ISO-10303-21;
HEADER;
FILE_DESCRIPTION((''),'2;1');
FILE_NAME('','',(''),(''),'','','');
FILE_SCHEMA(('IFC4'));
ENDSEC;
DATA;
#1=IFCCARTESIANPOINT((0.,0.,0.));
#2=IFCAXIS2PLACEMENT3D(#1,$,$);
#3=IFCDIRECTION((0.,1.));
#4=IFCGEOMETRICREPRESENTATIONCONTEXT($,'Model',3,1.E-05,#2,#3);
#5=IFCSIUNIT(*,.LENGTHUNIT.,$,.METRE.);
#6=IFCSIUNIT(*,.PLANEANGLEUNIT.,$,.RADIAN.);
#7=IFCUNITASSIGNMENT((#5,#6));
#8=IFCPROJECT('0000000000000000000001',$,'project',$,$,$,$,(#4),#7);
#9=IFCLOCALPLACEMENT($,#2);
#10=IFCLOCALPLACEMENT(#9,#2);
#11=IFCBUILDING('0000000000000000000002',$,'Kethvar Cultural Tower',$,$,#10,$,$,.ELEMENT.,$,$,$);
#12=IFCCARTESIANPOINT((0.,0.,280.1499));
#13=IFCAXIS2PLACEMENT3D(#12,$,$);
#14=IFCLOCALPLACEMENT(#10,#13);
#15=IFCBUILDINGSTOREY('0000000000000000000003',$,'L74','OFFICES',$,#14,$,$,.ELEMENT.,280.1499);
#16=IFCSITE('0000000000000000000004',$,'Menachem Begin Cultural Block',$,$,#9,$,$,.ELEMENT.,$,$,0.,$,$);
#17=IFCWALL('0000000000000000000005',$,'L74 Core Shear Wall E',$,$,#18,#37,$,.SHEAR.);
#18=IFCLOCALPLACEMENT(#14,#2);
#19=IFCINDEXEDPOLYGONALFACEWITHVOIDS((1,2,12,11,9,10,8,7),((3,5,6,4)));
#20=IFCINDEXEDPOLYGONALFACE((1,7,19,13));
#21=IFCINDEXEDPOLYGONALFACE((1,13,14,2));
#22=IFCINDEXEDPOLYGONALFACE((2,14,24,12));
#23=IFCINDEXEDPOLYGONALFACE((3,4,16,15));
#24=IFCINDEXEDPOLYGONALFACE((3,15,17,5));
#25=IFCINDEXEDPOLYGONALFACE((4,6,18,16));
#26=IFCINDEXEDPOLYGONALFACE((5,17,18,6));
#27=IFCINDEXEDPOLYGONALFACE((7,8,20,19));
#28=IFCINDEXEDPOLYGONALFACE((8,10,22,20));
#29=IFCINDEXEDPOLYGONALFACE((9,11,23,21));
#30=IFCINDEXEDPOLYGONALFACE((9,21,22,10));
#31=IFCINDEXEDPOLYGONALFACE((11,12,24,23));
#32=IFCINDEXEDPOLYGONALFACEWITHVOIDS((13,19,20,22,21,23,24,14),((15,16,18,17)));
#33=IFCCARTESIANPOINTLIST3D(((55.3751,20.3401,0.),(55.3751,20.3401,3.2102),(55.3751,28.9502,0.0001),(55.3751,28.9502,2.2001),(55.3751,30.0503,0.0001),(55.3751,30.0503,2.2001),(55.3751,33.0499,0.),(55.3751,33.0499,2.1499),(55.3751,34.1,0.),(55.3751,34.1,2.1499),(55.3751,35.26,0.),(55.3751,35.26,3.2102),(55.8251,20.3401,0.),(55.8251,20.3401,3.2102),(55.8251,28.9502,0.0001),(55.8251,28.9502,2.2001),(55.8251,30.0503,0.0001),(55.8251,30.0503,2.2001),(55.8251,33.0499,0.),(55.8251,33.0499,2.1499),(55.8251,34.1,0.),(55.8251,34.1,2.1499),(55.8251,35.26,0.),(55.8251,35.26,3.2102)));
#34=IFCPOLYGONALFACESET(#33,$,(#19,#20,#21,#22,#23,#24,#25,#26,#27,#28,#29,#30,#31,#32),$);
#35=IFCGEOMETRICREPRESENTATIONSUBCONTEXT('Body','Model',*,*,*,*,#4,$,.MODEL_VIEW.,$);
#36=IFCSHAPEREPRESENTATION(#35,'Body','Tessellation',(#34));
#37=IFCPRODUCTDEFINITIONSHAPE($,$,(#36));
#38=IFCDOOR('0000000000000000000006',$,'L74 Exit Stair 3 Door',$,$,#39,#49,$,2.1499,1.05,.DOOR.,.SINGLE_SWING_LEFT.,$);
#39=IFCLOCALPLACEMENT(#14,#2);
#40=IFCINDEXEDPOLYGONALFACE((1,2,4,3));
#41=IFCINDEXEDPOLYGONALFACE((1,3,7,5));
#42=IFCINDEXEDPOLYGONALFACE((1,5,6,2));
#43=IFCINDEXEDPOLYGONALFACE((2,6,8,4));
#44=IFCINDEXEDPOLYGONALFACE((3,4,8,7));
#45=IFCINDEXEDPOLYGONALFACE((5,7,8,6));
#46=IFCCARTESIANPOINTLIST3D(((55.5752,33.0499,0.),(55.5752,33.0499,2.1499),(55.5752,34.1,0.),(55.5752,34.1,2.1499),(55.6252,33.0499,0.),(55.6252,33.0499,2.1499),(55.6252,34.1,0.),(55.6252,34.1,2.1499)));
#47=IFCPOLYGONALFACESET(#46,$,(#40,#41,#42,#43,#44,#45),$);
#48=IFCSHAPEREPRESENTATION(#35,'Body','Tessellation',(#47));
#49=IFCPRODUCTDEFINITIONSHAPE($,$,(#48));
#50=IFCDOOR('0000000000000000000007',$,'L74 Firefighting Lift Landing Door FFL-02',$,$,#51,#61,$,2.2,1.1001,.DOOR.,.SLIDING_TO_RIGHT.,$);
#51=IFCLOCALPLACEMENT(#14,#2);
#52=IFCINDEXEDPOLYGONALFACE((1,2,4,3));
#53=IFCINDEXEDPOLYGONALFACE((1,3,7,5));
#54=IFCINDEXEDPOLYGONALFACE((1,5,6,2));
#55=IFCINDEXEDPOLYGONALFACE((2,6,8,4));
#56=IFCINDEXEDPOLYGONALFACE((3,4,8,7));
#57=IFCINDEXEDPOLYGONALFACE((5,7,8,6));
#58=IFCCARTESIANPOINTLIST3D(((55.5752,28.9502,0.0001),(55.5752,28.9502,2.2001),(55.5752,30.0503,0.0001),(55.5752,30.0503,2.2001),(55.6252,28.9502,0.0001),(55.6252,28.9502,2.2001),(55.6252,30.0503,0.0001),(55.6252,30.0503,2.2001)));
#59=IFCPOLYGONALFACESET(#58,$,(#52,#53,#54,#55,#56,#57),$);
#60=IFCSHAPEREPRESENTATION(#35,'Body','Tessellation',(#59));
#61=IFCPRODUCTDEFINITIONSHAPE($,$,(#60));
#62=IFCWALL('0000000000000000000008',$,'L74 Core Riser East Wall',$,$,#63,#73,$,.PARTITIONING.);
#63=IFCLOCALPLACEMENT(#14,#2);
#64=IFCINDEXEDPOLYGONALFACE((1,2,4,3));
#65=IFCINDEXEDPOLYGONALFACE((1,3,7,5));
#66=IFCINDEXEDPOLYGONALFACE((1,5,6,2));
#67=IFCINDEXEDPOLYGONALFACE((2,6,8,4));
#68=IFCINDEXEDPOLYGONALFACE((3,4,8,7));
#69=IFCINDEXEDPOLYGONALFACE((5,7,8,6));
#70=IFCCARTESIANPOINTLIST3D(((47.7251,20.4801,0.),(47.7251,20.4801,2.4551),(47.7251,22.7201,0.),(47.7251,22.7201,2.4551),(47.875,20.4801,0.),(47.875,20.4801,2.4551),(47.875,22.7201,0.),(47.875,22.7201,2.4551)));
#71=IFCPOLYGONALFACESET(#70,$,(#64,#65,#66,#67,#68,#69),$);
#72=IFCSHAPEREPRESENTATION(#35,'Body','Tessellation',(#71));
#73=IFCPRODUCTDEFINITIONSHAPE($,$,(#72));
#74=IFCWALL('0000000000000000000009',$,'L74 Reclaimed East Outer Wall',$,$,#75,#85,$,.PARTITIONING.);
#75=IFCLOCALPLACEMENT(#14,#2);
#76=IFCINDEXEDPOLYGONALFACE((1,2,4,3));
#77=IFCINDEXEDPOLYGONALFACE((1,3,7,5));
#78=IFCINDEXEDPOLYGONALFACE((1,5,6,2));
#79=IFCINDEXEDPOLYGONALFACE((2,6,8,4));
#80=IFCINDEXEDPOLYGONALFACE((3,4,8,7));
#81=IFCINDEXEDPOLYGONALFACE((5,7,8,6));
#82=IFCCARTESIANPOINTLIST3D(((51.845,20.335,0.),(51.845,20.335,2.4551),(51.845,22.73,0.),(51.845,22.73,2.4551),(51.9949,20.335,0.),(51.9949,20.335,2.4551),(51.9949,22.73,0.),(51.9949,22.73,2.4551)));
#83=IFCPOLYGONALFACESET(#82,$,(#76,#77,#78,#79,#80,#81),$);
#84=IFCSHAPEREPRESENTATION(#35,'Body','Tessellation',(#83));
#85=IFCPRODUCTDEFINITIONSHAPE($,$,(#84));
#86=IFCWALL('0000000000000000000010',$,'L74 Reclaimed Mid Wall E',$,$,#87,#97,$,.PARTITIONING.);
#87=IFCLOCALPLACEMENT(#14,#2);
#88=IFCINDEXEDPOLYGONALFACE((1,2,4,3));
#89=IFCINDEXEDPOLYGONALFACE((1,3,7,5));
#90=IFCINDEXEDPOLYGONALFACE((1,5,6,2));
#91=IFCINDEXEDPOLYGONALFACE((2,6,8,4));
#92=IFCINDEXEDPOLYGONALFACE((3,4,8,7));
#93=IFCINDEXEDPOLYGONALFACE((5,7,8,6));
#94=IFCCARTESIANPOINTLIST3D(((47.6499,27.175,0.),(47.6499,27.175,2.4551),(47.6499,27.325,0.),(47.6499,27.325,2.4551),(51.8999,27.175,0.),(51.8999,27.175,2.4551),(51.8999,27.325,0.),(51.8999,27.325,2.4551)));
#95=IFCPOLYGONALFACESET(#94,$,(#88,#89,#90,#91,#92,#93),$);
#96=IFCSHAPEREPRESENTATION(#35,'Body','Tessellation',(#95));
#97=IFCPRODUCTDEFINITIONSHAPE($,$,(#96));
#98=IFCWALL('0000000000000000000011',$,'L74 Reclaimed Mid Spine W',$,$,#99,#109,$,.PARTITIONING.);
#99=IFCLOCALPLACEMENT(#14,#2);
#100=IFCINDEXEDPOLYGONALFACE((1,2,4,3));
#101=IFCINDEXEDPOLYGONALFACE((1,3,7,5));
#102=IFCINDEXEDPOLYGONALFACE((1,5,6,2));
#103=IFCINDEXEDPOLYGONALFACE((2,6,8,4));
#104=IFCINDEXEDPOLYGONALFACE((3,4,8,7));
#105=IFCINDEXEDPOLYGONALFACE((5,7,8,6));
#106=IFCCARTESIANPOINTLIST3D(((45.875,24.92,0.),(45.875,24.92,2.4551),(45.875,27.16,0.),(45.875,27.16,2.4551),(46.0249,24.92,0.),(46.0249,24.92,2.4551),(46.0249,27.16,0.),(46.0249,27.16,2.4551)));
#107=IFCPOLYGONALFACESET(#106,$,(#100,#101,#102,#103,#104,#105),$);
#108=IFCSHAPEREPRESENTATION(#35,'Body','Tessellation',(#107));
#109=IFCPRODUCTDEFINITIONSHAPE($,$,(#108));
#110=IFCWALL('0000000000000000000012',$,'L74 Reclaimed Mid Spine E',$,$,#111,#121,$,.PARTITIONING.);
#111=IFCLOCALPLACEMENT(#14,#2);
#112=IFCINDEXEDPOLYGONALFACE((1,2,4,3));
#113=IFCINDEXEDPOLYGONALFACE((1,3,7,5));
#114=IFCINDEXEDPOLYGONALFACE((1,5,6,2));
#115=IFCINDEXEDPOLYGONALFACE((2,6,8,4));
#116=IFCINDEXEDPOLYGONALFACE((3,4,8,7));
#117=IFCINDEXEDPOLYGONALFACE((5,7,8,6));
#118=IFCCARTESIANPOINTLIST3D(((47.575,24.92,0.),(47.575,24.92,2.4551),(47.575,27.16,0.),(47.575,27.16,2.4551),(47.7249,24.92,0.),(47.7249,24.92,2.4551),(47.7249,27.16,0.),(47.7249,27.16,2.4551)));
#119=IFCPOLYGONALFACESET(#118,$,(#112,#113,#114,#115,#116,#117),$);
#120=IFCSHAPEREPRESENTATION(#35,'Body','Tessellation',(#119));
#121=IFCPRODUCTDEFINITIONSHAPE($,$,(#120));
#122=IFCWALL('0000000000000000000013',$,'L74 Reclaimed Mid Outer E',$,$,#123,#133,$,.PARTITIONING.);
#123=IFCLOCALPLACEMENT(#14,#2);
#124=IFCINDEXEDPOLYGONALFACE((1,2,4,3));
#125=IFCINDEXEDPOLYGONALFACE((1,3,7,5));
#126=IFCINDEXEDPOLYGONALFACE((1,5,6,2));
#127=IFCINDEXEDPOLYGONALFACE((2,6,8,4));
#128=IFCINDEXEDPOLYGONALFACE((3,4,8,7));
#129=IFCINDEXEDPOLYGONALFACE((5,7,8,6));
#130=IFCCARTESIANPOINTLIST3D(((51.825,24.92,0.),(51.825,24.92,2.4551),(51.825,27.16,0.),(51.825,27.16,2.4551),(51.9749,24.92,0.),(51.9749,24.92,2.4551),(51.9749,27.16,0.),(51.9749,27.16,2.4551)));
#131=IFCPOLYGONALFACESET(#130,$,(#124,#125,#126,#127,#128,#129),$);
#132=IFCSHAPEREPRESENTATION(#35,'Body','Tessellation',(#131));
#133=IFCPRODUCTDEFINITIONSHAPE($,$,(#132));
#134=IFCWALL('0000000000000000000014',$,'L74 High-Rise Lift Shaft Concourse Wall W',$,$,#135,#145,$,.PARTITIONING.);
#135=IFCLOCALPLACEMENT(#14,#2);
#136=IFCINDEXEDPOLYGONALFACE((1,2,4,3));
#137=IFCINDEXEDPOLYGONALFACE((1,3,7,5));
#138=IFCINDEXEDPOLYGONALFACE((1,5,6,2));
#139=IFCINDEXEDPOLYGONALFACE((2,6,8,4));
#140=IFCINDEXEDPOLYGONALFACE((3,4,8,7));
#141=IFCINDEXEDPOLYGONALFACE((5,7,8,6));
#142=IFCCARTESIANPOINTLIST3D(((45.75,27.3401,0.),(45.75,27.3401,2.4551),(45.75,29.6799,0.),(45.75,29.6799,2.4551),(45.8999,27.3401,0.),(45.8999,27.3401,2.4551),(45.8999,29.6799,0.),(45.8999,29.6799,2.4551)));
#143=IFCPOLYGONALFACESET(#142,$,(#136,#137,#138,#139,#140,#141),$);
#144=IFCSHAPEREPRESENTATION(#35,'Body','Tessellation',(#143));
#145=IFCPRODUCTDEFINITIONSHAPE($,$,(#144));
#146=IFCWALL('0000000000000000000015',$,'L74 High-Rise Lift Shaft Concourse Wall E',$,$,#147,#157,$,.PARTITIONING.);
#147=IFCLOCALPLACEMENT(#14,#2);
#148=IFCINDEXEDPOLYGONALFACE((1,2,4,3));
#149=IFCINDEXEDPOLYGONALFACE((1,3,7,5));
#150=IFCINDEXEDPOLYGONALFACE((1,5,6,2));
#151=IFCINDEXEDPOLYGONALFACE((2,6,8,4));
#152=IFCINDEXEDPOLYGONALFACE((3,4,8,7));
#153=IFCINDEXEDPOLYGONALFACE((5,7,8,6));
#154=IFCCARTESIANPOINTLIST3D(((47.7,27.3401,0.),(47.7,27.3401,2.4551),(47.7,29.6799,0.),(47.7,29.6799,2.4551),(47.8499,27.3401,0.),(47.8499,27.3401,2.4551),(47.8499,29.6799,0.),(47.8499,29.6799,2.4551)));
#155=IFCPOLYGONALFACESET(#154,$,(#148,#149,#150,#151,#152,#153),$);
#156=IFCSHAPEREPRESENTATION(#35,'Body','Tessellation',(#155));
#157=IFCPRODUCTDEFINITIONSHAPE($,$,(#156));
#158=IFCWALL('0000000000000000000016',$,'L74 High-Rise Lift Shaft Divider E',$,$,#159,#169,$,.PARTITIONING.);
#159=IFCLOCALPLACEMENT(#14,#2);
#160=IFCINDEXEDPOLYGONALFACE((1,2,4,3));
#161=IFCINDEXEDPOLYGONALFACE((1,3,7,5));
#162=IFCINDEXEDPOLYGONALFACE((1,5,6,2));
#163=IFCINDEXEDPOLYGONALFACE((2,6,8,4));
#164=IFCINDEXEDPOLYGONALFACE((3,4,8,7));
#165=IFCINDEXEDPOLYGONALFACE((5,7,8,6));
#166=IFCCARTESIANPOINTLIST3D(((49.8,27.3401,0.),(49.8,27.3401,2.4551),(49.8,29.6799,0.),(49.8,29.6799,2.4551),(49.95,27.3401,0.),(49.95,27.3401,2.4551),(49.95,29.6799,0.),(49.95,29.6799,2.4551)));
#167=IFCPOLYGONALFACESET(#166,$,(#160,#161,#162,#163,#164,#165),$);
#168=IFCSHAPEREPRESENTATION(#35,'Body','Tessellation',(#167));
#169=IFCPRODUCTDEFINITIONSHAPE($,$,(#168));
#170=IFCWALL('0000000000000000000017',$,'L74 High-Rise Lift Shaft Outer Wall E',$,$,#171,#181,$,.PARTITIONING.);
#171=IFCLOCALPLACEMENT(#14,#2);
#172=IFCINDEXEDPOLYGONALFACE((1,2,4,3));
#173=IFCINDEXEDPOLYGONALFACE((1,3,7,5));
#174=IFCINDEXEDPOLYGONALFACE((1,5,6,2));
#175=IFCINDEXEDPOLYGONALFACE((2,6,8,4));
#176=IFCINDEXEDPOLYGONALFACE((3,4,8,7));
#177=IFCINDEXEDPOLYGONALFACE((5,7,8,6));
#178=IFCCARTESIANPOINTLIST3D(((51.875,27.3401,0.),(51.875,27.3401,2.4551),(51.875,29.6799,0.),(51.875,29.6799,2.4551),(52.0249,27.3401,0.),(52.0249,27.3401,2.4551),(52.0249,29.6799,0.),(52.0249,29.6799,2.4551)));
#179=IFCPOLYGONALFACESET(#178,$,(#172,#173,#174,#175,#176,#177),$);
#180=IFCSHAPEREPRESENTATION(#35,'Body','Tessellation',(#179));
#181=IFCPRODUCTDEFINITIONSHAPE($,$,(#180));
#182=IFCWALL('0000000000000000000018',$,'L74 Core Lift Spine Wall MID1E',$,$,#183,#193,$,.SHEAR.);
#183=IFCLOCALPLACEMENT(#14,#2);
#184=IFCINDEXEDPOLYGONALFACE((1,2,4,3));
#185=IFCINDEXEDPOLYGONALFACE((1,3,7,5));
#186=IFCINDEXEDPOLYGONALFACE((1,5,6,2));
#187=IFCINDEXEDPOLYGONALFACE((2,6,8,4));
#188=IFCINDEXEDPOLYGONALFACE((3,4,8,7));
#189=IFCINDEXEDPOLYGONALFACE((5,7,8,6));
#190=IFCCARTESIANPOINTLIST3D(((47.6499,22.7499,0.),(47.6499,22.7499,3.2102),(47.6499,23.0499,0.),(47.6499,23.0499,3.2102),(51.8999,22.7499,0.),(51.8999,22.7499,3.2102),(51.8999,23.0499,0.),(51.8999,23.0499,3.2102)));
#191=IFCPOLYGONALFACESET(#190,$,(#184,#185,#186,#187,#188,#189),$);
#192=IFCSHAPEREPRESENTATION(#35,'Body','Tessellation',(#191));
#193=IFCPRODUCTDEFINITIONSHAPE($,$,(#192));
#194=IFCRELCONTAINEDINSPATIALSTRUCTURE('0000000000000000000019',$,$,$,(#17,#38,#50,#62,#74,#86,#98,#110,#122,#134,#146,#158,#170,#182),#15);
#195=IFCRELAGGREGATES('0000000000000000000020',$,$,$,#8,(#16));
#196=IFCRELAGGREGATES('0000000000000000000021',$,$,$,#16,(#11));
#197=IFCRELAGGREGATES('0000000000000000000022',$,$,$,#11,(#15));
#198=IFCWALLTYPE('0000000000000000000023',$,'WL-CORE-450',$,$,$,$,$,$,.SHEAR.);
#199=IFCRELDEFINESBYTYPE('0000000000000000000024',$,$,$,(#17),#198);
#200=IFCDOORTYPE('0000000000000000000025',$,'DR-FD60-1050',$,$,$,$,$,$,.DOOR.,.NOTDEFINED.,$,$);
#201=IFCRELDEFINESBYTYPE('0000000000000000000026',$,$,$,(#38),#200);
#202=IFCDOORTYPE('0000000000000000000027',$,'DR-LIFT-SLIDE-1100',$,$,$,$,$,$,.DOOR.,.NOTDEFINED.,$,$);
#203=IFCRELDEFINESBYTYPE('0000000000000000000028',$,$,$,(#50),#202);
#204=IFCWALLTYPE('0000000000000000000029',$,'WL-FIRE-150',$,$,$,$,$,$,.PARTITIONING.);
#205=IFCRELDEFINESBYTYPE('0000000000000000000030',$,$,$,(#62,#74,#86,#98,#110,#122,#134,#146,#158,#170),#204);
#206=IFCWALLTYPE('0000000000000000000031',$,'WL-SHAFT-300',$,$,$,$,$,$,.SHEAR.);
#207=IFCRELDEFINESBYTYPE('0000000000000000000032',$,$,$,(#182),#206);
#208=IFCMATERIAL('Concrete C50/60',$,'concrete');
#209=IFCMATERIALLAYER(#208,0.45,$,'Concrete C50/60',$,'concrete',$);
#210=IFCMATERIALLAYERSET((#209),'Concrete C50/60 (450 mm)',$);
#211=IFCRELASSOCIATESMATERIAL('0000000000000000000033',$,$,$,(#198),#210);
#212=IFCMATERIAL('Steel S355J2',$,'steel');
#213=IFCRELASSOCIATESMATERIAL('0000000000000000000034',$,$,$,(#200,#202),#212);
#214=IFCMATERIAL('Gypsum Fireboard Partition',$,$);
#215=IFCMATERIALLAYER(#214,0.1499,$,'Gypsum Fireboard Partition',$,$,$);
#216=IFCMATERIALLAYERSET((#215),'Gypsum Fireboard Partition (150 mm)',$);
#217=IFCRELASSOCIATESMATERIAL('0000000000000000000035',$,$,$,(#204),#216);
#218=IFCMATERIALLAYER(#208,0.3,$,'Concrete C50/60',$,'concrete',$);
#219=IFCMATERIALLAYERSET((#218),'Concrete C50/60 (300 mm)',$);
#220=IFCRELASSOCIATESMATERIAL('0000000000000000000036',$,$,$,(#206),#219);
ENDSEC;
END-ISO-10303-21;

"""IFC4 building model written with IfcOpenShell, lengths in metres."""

from ifc_helpers import new_model, si_unit, direction, frame, frame_2d, origin, place, context, subcontext, project, spatial, rectangle, extrude, source, transform, mapped, material, layer, layer_set, type_object, element, fill, save


model = new_model("IFC4")

# Units and contexts
model_context = context("Model", 3, precision=1e-05, world=origin(), true_north=direction((0.0, 1.0)))
body_context = subcontext(model_context, "Body", "Model", "MODEL_VIEW")
ifc_project = project(units=[si_unit("LENGTHUNIT", "METRE"), si_unit("PLANEANGLEUNIT", "RADIAN")], contexts=[model_context])

# Site, building, storey
site_placement = place(None, origin())
site = spatial("IfcSite", under=ifc_project, at=site_placement, Name="Menachem Begin Cultural Block", CompositionType="ELEMENT", RefElevation=0.0)
building_placement = place(site_placement, origin())
building = spatial("IfcBuilding", under=site, at=building_placement, Name="Kethvar Cultural Tower", CompositionType="ELEMENT")
storey_placement = place(building_placement, frame((0.0, 0.0, 280.1499)))
storey = spatial("IfcBuildingStorey", under=building, at=storey_placement, Name="L74", Description="OFFICES", CompositionType="ELEMENT", Elevation=280.1499)

# Wall, openings, doors
ifc_material_1 = material(Name="Concrete C50/60", Category="concrete")
ifc_layer_1 = layer(ifc_material_1, 0.45, Name="Concrete C50/60", Category="concrete")
ifc_layer_set_1 = layer_set([ifc_layer_1], Name="Concrete C50/60 (450 mm)")
wall_type_1 = type_object("IfcWallType", Name="WL-CORE-450", PredefinedType="SHEAR", material=ifc_layer_set_1)
wall_1_placement = place(storey_placement, frame((55.6001, 20.3401, 0.0), z_axis=(0.0, 0.0, 1.0), x_axis=(0.0, 1.0, 0.0)))
wall_1 = element("IfcWall", 1, at=wall_1_placement, inside=storey, type_object=wall_type_1, Name="L74 Core Shear Wall E", PredefinedType="SHEAR", context=body_context, shape_type="SweptSolid", body=[
    extrude(rectangle(XDim=14.9199, YDim=0.45, at=frame_2d((7.46, 0.0))), origin(), (0.0, 0.0, 1.0), 3.2102),
])
opening_1_placement = place(wall_1_placement, frame((12.71, 0.0, 0.0)))
opening_1 = element("IfcOpeningElement", 2, at=opening_1_placement, cuts=wall_1, PredefinedType="OPENING", context=body_context, shape_type="SweptSolid", body=[
    extrude(rectangle(XDim=1.05, YDim=2.1499, at=frame_2d((0.5249, 1.075))), frame((0.0, 0.2349, 0.0), z_axis=(0.0, -1.0, 0.0), x_axis=(1.0, 0.0, 0.0)), (0.0, 0.0, 1.0), 0.47),
])
opening_2_placement = place(wall_1_placement, frame((8.6101, 0.0, 0.0)))
opening_2 = element("IfcOpeningElement", 3, at=opening_2_placement, cuts=wall_1, PredefinedType="OPENING", context=body_context, shape_type="SweptSolid", body=[
    extrude(rectangle(XDim=1.1001, YDim=2.2, at=frame_2d((0.55, 1.1001))), frame((0.0, 0.2349, 0.0), z_axis=(0.0, -1.0, 0.0), x_axis=(1.0, 0.0, 0.0)), (0.0, 0.0, 1.0), 0.47),
])
ifc_material_2 = material(Name="Steel S355J2", Category="steel")
door_type_1 = type_object("IfcDoorType", Name="DR-FD60-1050", OperationType="NOTDEFINED", PredefinedType="DOOR", material=ifc_material_2)
shared_shape_1 = source(origin(), body_context, "Body", "SweptSolid", [
    extrude(rectangle(XDim=1.05, YDim=2.1499, at=frame_2d((0.5249, 1.075))), frame((0.0, 0.0249, 0.0), z_axis=(0.0, -1.0, 0.0), x_axis=(1.0, 0.0, 0.0)), (0.0, 0.0, 1.0), 0.05),
])
door_1_placement = place(opening_1_placement, origin())
door_1 = element("IfcDoor", 4, at=door_1_placement, inside=storey, type_object=door_type_1, Name="L74 Exit Stair 3 Door", OperationType="SINGLE_SWING_LEFT", OverallHeight=2.1499, OverallWidth=1.05, PredefinedType="DOOR", context=body_context, shape_type="MappedRepresentation", body=[
    mapped(shared_shape_1, transform((0.0, 0.0, 0.0), scale=1.0)),
])
fill(opening_1, door_1)
door_type_2 = type_object("IfcDoorType", Name="DR-LIFT-SLIDE-1100", OperationType="NOTDEFINED", PredefinedType="DOOR", material=ifc_material_2)
shared_shape_2 = source(origin(), body_context, "Body", "SweptSolid", [
    extrude(rectangle(XDim=1.1001, YDim=2.2, at=frame_2d((0.55, 1.1001))), frame((0.0, 0.0249, 0.0), z_axis=(0.0, -1.0, 0.0), x_axis=(1.0, 0.0, 0.0)), (0.0, 0.0, 1.0), 0.05),
])
door_2_placement = place(opening_2_placement, origin())
door_2 = element("IfcDoor", 5, at=door_2_placement, inside=storey, type_object=door_type_2, Name="L74 Firefighting Lift Landing Door FFL-02", OperationType="SLIDING_TO_RIGHT", OverallHeight=2.2, OverallWidth=1.1001, PredefinedType="DOOR", context=body_context, shape_type="MappedRepresentation", body=[
    mapped(shared_shape_2, transform((0.0, 0.0, 0.0), scale=1.0)),
])
fill(opening_2, door_2)

# Walls
ifc_material_3 = material(Name="Gypsum Fireboard Partition")
ifc_layer_2 = layer(ifc_material_3, 0.1499, Name="Gypsum Fireboard Partition")
ifc_layer_set_2 = layer_set([ifc_layer_2], Name="Gypsum Fireboard Partition (150 mm)")
wall_type_2 = type_object("IfcWallType", Name="WL-FIRE-150", PredefinedType="PARTITIONING", material=ifc_layer_set_2)
wall_2_placement = place(storey_placement, frame((47.8, 20.48, 0.0), z_axis=(0.0, 0.0, 1.0), x_axis=(0.0, 1.0, 0.0)))
element("IfcWall", 6, at=wall_2_placement, inside=storey, type_object=wall_type_2, Name="L74 Core Riser East Wall", PredefinedType="PARTITIONING", context=body_context, shape_type="SweptSolid", body=[
    extrude(rectangle(XDim=2.24, YDim=0.1499, at=frame_2d((1.1201, 0.0))), origin(), (0.0, 0.0, 1.0), 2.4551),
])
wall_3_placement = place(storey_placement, frame((51.9199, 20.335, 0.0), z_axis=(0.0, 0.0, 1.0), x_axis=(0.0, 1.0, 0.0)))
element("IfcWall", 7, at=wall_3_placement, inside=storey, type_object=wall_type_2, Name="L74 Reclaimed East Outer Wall", PredefinedType="PARTITIONING", context=body_context, shape_type="SweptSolid", body=[
    extrude(rectangle(XDim=2.395, YDim=0.1499, at=frame_2d((1.1975, 0.0))), origin(), (0.0, 0.0, 1.0), 2.4551),
])

# Walls
wall_4_placement = place(storey_placement, frame((47.6499, 27.25, 0.0), z_axis=(0.0, 0.0, 1.0), x_axis=(1.0, 0.0, 0.0)))
element("IfcWall", 8, at=wall_4_placement, inside=storey, type_object=wall_type_2, Name="L74 Reclaimed Mid Wall E", PredefinedType="PARTITIONING", context=body_context, shape_type="SweptSolid", body=[
    extrude(rectangle(XDim=4.25, YDim=0.1499, at=frame_2d((2.125, 0.0))), origin(), (0.0, 0.0, 1.0), 2.4551),
])
for number, where, z_axis, x_axis, name in (
    (9, (45.95, 24.9199, 0.0), (0.0, 0.0, 1.0), (0.0, 1.0, 0.0), "L74 Reclaimed Mid Spine W"),
    (10, (47.6499, 24.9199, 0.0), (0.0, 0.0, 1.0), (0.0, 1.0, 0.0), "L74 Reclaimed Mid Spine E"),
    (11, (51.8999, 24.9199, 0.0), (0.0, 0.0, 1.0), (0.0, 1.0, 0.0), "L74 Reclaimed Mid Outer E"),
):
    element("IfcWall", number, at=place(storey_placement, frame(where, z_axis=z_axis, x_axis=x_axis)), inside=storey, type_object=wall_type_2, Name=name, PredefinedType="PARTITIONING", context=body_context, shape_type="SweptSolid", body=[
        extrude(rectangle(XDim=2.24, YDim=0.1499, at=frame_2d((1.1201, 0.0))), origin(), (0.0, 0.0, 1.0), 2.4551),
    ])

# Walls
for number, where, z_axis, x_axis, name in (
    (12, (45.825, 27.3401, 0.0), (0.0, 0.0, 1.0), (0.0, 1.0, 0.0), "L74 High-Rise Lift Shaft Concourse Wall W"),
    (13, (47.7749, 27.3401, 0.0), (0.0, 0.0, 1.0), (0.0, 1.0, 0.0), "L74 High-Rise Lift Shaft Concourse Wall E"),
    (14, (49.875, 27.3401, 0.0), (0.0, 0.0, 1.0), (0.0, 1.0, 0.0), "L74 High-Rise Lift Shaft Divider E"),
    (15, (51.95, 27.3401, 0.0), (0.0, 0.0, 1.0), (0.0, 1.0, 0.0), "L74 High-Rise Lift Shaft Outer Wall E"),
):
    element("IfcWall", number, at=place(storey_placement, frame(where, z_axis=z_axis, x_axis=x_axis)), inside=storey, type_object=wall_type_2, Name=name, PredefinedType="PARTITIONING", context=body_context, shape_type="SweptSolid", body=[
        extrude(rectangle(XDim=2.3398, YDim=0.1499, at=frame_2d((1.1699, 0.0))), origin(), (0.0, 0.0, 1.0), 2.4551),
    ])
ifc_layer_3 = layer(ifc_material_1, 0.3, Name="Concrete C50/60", Category="concrete")
ifc_layer_set_3 = layer_set([ifc_layer_3], Name="Concrete C50/60 (300 mm)")
wall_type_3 = type_object("IfcWallType", Name="WL-SHAFT-300", PredefinedType="SHEAR", material=ifc_layer_set_3)
wall_5_placement = place(storey_placement, frame((47.6499, 22.8999, 0.0), z_axis=(0.0, 0.0, 1.0), x_axis=(1.0, 0.0, 0.0)))
element("IfcWall", 16, at=wall_5_placement, inside=storey, type_object=wall_type_3, Name="L74 Core Lift Spine Wall MID1E", PredefinedType="SHEAR", context=body_context, shape_type="SweptSolid", body=[
    extrude(rectangle(XDim=4.25, YDim=0.3, at=frame_2d((2.125, 0.0))), origin(), (0.0, 0.0, 1.0), 3.2102),
])

save(model, "model.ifc")
